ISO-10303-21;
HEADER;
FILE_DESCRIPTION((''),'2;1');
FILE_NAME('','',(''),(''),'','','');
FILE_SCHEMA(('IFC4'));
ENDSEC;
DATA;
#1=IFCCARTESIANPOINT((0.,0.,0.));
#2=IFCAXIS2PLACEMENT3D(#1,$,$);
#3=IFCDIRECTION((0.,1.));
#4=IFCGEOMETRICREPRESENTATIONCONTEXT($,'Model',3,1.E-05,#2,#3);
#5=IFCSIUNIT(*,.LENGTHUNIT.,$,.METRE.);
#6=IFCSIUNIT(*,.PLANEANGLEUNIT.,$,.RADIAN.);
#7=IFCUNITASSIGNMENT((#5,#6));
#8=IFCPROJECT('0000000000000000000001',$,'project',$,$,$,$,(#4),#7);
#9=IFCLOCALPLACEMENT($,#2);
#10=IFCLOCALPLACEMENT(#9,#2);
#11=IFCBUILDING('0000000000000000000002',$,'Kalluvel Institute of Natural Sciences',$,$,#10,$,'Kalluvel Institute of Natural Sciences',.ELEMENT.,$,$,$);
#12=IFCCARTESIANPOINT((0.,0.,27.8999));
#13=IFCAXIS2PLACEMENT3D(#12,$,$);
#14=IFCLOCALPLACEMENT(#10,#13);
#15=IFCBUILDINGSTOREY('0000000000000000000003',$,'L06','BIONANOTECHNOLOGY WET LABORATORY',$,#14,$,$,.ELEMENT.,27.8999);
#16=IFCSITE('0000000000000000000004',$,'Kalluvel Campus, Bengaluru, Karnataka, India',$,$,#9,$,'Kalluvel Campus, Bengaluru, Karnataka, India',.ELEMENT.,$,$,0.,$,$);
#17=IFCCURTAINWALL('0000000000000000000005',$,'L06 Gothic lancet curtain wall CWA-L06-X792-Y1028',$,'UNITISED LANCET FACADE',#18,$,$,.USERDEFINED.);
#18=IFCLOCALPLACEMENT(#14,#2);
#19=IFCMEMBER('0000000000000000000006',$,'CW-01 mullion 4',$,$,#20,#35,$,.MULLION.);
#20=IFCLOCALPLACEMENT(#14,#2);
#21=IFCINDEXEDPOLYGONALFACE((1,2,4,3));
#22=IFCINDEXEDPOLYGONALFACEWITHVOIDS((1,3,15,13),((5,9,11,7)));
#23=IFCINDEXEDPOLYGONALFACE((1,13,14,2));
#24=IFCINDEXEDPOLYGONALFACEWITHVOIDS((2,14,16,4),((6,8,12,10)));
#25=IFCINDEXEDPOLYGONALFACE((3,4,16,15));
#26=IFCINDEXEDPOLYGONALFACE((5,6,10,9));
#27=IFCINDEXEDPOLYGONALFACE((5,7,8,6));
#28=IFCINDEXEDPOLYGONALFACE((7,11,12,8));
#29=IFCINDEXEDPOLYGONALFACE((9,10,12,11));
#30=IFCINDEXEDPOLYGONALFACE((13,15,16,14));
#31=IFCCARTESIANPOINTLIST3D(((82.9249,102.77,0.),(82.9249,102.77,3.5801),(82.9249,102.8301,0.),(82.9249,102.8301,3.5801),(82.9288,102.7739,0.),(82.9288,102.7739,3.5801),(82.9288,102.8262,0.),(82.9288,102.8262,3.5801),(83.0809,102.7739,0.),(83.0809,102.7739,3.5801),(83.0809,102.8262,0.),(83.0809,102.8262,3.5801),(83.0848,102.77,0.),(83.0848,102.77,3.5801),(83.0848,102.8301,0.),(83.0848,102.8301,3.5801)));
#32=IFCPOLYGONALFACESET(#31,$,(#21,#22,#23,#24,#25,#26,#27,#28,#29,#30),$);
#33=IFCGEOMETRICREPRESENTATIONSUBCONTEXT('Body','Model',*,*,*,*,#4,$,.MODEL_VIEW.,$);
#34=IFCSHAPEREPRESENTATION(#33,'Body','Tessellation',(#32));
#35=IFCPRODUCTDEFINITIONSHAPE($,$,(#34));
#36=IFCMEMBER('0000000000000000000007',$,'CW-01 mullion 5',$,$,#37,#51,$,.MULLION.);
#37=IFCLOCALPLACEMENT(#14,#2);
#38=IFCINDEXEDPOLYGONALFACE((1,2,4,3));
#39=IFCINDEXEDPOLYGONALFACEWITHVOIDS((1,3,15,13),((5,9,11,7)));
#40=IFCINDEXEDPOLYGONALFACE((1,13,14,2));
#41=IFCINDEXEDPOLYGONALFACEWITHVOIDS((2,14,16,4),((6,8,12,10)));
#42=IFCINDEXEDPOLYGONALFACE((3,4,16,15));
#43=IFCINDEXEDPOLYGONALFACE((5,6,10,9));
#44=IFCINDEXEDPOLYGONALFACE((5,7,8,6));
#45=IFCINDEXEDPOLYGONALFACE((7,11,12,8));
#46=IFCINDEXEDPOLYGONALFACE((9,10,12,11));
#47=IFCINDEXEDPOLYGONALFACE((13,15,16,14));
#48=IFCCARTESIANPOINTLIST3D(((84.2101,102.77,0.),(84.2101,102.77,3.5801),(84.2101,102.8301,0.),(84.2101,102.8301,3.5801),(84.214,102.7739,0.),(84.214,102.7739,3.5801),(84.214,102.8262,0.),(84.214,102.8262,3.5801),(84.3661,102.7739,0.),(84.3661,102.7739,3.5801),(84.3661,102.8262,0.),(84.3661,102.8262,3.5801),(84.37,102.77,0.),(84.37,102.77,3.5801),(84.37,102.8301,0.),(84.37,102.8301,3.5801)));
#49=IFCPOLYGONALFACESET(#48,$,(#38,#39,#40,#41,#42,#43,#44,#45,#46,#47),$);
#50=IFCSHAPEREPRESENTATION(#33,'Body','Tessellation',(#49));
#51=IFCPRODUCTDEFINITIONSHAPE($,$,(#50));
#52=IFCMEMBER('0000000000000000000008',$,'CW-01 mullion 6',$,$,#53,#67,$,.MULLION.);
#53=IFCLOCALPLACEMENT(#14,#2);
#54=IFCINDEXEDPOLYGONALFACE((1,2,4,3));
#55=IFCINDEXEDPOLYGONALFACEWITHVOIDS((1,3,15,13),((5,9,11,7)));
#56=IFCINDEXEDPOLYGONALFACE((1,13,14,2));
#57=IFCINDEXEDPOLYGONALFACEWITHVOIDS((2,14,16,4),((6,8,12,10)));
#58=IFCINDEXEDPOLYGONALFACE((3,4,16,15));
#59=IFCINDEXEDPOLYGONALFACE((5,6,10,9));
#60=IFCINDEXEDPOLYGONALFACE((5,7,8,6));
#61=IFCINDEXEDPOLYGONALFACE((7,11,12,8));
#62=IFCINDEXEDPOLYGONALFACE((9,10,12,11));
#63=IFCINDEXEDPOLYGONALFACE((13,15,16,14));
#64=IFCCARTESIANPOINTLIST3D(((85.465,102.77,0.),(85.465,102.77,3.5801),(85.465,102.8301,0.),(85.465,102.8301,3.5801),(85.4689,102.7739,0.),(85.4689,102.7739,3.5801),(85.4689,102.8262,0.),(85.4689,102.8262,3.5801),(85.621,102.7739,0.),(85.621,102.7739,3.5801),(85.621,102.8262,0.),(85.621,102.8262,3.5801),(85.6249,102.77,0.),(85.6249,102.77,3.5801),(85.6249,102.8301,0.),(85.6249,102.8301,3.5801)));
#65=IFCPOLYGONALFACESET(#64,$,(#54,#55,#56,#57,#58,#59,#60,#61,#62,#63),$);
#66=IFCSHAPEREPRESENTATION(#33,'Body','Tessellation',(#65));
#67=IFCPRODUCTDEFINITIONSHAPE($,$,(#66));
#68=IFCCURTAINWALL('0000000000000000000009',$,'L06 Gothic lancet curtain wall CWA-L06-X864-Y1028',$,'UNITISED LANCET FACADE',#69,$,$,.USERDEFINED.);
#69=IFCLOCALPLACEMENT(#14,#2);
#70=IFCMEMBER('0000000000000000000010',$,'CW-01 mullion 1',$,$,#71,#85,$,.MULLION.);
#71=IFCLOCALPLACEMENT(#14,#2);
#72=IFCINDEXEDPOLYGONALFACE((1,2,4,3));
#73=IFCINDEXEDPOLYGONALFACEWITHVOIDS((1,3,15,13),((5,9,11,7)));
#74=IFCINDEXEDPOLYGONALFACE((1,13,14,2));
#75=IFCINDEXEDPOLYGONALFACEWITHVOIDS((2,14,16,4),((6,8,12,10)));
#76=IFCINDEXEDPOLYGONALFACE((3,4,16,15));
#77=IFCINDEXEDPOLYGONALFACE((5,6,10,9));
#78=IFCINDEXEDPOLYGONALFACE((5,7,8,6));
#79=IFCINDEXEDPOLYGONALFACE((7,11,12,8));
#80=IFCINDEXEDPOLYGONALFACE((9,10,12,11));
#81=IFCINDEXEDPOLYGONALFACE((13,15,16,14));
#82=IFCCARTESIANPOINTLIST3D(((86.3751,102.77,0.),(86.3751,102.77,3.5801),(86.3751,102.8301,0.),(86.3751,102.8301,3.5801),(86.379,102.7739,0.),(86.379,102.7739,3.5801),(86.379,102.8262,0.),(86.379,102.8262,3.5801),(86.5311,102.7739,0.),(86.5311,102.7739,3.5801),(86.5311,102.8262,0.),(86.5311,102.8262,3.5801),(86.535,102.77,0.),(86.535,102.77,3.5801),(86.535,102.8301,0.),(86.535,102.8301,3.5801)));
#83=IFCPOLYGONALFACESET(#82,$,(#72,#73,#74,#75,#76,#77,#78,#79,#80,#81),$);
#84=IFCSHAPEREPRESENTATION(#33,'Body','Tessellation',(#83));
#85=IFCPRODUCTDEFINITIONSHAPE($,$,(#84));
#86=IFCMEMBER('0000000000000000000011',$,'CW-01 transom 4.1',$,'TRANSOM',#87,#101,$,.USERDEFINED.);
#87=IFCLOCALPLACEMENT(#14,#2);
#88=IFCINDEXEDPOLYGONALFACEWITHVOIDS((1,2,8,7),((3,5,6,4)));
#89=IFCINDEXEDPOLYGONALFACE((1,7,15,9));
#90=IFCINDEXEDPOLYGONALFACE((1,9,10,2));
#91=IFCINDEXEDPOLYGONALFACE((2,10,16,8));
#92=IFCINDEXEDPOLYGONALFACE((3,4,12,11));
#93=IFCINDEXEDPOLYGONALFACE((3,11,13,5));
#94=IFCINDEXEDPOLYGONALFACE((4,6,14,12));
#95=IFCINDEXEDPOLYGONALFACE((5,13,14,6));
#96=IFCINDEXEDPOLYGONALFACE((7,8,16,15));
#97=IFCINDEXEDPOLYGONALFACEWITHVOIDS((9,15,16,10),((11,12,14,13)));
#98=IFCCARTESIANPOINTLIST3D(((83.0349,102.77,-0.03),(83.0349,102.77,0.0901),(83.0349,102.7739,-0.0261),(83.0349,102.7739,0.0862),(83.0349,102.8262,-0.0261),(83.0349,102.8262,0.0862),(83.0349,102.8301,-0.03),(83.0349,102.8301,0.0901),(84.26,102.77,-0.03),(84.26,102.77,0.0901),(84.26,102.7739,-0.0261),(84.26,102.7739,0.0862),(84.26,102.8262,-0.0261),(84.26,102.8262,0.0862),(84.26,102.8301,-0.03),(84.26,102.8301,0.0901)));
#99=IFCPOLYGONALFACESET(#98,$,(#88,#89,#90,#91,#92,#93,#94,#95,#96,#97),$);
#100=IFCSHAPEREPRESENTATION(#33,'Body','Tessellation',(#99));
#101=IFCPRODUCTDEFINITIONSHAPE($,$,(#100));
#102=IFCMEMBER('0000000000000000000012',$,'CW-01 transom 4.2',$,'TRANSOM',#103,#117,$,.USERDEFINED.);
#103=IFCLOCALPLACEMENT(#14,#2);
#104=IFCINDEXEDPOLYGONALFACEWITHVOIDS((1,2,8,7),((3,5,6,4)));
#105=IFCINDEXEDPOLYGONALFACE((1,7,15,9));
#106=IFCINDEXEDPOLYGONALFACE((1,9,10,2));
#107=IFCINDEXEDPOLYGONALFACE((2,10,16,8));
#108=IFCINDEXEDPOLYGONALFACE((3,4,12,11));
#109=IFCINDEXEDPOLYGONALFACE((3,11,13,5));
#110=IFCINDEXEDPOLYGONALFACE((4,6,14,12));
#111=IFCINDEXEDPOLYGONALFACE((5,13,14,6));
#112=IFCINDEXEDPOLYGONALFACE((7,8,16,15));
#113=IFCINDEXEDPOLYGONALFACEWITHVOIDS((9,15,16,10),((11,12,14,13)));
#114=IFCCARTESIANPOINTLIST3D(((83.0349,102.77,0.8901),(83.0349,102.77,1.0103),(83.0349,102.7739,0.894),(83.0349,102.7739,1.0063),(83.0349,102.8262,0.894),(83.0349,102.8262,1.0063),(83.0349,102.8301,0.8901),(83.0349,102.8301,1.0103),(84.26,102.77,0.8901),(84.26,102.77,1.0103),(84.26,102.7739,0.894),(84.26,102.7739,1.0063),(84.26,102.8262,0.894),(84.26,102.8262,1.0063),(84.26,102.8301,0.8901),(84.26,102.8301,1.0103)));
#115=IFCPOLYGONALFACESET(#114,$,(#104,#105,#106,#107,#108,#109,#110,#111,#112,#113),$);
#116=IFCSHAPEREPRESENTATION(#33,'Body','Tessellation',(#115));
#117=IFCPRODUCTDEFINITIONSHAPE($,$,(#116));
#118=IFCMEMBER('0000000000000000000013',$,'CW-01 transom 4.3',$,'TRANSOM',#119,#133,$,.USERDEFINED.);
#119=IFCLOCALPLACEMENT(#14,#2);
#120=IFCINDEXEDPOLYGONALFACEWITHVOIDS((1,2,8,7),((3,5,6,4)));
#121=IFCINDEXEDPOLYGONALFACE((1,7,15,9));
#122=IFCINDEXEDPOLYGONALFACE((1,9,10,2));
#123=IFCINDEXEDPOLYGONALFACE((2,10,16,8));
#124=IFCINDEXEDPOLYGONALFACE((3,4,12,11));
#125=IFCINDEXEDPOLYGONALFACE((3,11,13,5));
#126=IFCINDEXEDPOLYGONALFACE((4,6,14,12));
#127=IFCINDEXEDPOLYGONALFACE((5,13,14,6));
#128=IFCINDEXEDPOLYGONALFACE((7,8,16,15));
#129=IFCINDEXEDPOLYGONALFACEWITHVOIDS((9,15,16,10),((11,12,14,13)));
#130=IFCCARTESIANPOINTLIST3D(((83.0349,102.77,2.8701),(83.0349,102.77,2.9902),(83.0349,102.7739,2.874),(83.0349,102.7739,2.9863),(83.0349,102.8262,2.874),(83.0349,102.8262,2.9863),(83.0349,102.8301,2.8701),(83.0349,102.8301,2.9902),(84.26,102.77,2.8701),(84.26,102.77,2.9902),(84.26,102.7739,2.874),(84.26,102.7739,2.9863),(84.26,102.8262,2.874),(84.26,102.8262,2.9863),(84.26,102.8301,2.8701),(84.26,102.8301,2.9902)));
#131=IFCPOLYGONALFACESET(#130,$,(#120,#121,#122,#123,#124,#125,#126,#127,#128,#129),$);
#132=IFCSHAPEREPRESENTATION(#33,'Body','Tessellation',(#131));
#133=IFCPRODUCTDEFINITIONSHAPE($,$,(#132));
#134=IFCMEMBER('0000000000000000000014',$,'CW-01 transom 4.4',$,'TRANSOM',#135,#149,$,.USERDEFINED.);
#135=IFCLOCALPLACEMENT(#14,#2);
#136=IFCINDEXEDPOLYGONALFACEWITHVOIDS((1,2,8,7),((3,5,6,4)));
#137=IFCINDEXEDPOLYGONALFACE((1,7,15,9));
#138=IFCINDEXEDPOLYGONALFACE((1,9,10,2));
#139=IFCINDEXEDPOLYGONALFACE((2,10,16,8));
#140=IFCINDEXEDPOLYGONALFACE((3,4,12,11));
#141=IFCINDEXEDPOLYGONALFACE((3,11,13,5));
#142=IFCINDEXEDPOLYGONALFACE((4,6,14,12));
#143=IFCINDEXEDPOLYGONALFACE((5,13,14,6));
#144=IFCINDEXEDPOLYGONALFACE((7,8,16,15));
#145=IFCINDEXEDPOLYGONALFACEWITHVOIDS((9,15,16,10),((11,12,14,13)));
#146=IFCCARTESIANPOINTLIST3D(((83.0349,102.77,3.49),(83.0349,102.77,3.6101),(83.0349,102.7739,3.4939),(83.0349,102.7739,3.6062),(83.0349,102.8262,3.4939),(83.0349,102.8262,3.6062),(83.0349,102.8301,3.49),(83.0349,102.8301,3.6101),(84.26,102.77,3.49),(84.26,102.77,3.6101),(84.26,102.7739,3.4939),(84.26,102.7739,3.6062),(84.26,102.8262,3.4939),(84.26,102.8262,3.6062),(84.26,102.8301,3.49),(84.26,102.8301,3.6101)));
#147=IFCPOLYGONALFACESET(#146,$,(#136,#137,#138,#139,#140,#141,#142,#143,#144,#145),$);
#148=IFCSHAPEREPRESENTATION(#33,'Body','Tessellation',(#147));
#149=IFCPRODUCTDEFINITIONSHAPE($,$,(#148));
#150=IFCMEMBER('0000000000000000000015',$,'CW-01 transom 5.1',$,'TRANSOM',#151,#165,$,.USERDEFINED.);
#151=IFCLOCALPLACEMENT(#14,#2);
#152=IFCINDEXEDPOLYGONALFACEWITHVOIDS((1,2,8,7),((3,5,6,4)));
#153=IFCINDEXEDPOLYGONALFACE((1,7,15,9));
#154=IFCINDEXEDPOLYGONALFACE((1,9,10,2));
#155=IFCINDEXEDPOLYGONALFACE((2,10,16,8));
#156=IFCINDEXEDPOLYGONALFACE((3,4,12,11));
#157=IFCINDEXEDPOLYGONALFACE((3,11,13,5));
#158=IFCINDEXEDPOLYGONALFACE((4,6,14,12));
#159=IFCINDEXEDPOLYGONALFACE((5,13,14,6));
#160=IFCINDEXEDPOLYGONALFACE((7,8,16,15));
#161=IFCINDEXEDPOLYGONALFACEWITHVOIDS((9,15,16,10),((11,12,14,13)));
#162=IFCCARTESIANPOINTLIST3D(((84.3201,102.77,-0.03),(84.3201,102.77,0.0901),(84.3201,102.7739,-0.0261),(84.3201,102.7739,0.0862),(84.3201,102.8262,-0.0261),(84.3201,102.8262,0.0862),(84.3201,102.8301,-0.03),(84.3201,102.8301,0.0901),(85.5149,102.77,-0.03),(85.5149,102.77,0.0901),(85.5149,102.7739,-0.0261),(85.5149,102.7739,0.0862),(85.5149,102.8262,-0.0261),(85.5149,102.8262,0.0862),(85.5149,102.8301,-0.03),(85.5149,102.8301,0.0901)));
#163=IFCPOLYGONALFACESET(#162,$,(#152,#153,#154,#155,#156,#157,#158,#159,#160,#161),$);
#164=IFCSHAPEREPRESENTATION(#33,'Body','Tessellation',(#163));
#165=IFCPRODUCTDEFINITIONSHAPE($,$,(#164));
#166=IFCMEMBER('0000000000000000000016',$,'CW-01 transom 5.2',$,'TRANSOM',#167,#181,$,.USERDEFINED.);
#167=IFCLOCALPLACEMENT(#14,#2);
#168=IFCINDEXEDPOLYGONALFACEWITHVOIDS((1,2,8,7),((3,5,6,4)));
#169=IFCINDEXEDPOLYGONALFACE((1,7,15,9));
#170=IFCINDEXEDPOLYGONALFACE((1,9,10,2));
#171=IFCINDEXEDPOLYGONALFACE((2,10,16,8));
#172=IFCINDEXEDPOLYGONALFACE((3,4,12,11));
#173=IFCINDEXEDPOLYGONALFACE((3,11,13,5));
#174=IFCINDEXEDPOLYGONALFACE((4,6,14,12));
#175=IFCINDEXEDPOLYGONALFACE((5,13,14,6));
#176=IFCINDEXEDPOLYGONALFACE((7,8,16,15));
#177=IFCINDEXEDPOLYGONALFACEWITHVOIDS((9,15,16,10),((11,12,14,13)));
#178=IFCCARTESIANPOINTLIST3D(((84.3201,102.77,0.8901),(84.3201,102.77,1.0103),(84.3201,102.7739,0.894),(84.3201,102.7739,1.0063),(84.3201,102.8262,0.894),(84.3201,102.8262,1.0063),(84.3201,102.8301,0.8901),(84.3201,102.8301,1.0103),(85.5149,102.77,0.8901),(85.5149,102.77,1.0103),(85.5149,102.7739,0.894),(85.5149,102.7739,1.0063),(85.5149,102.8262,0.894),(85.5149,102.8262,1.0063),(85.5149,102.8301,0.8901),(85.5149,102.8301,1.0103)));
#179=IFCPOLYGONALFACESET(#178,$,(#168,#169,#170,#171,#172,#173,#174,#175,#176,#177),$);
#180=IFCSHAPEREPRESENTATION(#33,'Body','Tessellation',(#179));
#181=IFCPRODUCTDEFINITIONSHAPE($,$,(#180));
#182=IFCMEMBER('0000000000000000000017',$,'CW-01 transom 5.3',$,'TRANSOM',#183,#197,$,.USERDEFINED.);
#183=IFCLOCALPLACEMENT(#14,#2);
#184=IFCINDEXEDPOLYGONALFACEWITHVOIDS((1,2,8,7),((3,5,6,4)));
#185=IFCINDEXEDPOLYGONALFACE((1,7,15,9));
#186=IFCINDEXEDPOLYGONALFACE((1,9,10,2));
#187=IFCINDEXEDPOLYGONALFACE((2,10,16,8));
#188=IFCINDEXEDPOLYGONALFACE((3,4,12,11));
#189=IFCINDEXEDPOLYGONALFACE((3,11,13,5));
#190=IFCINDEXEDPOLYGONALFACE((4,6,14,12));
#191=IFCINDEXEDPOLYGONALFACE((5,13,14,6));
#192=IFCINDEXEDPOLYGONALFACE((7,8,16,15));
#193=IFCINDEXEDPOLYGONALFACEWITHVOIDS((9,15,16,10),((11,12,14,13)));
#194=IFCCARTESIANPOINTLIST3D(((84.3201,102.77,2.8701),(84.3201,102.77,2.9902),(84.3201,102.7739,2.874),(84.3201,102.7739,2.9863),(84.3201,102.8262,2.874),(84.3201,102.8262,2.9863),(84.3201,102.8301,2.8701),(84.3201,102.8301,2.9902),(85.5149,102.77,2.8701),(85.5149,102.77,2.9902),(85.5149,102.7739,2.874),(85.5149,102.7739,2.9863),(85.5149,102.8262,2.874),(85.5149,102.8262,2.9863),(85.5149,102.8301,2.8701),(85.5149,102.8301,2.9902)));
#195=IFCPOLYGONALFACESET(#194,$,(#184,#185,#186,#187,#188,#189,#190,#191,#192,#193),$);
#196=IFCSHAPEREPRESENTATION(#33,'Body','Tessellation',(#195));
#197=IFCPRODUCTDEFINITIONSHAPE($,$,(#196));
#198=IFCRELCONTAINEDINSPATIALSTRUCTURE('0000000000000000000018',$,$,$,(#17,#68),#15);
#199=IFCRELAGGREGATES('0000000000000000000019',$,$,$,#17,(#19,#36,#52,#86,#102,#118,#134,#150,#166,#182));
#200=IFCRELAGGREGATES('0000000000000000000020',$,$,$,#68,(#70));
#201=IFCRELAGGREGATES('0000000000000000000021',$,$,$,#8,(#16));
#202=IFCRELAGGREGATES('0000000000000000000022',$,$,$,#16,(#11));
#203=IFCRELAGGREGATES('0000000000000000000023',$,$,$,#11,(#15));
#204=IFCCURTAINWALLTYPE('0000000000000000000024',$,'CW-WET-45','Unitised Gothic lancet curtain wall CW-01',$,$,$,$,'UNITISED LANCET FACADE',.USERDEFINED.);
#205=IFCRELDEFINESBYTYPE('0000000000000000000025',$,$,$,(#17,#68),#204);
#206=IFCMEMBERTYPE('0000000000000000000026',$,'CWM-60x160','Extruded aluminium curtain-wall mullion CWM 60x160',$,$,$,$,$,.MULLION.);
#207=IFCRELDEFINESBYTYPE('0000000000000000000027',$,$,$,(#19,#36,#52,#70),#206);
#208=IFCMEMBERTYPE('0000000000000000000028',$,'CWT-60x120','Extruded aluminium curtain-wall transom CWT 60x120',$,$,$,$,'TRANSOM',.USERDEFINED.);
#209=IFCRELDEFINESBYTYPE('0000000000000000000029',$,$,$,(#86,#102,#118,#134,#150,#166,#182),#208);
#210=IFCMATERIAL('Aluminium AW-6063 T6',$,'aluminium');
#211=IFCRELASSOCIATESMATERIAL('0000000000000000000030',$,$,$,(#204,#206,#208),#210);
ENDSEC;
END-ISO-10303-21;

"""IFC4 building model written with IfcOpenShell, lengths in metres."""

from ifc_helpers import new_model, si_unit, direction, frame, origin, origin_2d, place, context, subcontext, project, spatial, hollow_rectangle, extrude, material, material_profile, profile_set, type_object, element, aggregate, save


model = new_model("IFC4")

# Units and contexts
model_context = context("Model", 3, precision=1e-05, world=origin(), true_north=direction((0.0, 1.0)))
body_context = subcontext(model_context, "Body", "Model", "MODEL_VIEW")
ifc_project = project(units=[si_unit("LENGTHUNIT", "METRE"), si_unit("PLANEANGLEUNIT", "RADIAN")], contexts=[model_context])

# Site, building, storey
site_placement = place(None, origin())
site = spatial("IfcSite", under=ifc_project, at=site_placement, Name="Kalluvel Campus, Bengaluru, Karnataka, India", LongName="Kalluvel Campus, Bengaluru, Karnataka, India", CompositionType="ELEMENT", RefElevation=0.0)
building_placement = place(site_placement, origin())
building = spatial("IfcBuilding", under=site, at=building_placement, Name="Kalluvel Institute of Natural Sciences", LongName="Kalluvel Institute of Natural Sciences", CompositionType="ELEMENT")
storey_placement = place(building_placement, frame((0.0, 0.0, 27.8999)))
storey = spatial("IfcBuildingStorey", under=building, at=storey_placement, Name="L06", Description="BIONANOTECHNOLOGY WET LABORATORY", CompositionType="ELEMENT", Elevation=27.8999)

# Curtain wall, members
ifc_material_1 = material(Name="Aluminium AW-6063 T6", Category="aluminium")
curtain_wall_type = type_object("IfcCurtainWallType", Name="CW-WET-45", Description="Unitised Gothic lancet curtain wall CW-01", ElementType="UNITISED LANCET FACADE", PredefinedType="USERDEFINED", material=ifc_material_1)
curtain_wall_1_placement = place(storey_placement, origin())
curtain_wall_1 = element("IfcCurtainWall", 1, at=curtain_wall_1_placement, inside=storey, type_object=curtain_wall_type, Name="L06 Gothic lancet curtain wall CWA-L06-X792-Y1028", ObjectType="UNITISED LANCET FACADE", PredefinedType="USERDEFINED")
ifc_material_profile_1 = material_profile(ifc_material_1, hollow_rectangle(XDim=0.0601, YDim=0.1599, WallThickness=0.0039, at=origin_2d()), Name="CWM 60x160")
ifc_profile_set_1 = profile_set([ifc_material_profile_1], Name="Aluminium AW-6063 T6")
member_type_1 = type_object("IfcMemberType", Name="CWM-60x160", Description="Extruded aluminium curtain-wall mullion CWM 60x160", PredefinedType="MULLION", material=ifc_profile_set_1)
member_1_placement = place(storey_placement, frame((83.0049, 102.8, 0.0), z_axis=(0.0, 0.0, 1.0), x_axis=(0.0, 1.0, 0.0)))
member_1 = element("IfcMember", 2, at=member_1_placement, type_object=member_type_1, Name="CW-01 mullion 4", PredefinedType="MULLION", context=body_context, shape_type="SweptSolid", body=[
    extrude(hollow_rectangle(XDim=0.0601, YDim=0.1599, WallThickness=0.0039, at=origin_2d()), origin(), (0.0, 0.0, 1.0), 3.5801),
])
member_2_placement = place(storey_placement, frame((84.29, 102.8, 0.0), z_axis=(0.0, 0.0, 1.0), x_axis=(0.0, 1.0, 0.0)))
member_2 = element("IfcMember", 3, at=member_2_placement, type_object=member_type_1, Name="CW-01 mullion 5", PredefinedType="MULLION", context=body_context, shape_type="SweptSolid", body=[
    extrude(hollow_rectangle(XDim=0.0601, YDim=0.1599, WallThickness=0.0039, at=origin_2d()), origin(), (0.0, 0.0, 1.0), 3.5801),
])
member_3_placement = place(storey_placement, frame((85.5449, 102.8, 0.0), z_axis=(0.0, 0.0, 1.0), x_axis=(0.0, 1.0, 0.0)))
member_3 = element("IfcMember", 4, at=member_3_placement, type_object=member_type_1, Name="CW-01 mullion 6", PredefinedType="MULLION", context=body_context, shape_type="SweptSolid", body=[
    extrude(hollow_rectangle(XDim=0.0601, YDim=0.1599, WallThickness=0.0039, at=origin_2d()), origin(), (0.0, 0.0, 1.0), 3.5801),
])

# Curtain wall, member
curtain_wall_2_placement = place(storey_placement, origin())
curtain_wall_2 = element("IfcCurtainWall", 5, at=curtain_wall_2_placement, inside=storey, type_object=curtain_wall_type, Name="L06 Gothic lancet curtain wall CWA-L06-X864-Y1028", ObjectType="UNITISED LANCET FACADE", PredefinedType="USERDEFINED")
member_4_placement = place(storey_placement, frame((86.4551, 102.8, 0.0), z_axis=(0.0, 0.0, 1.0), x_axis=(0.0, 1.0, 0.0)))
member_4 = element("IfcMember", 6, at=member_4_placement, type_object=member_type_1, Name="CW-01 mullion 1", PredefinedType="MULLION", context=body_context, shape_type="SweptSolid", body=[
    extrude(hollow_rectangle(XDim=0.0601, YDim=0.1599, WallThickness=0.0039, at=origin_2d()), origin(), (0.0, 0.0, 1.0), 3.5801),
])

# Members
ifc_material_profile_2 = material_profile(ifc_material_1, hollow_rectangle(XDim=0.0601, YDim=0.1201, WallThickness=0.0039, at=origin_2d()), Name="CWT 60x120")
ifc_profile_set_2 = profile_set([ifc_material_profile_2], Name="Aluminium AW-6063 T6")
member_type_2 = type_object("IfcMemberType", Name="CWT-60x120", Description="Extruded aluminium curtain-wall transom CWT 60x120", ElementType="TRANSOM", PredefinedType="USERDEFINED", material=ifc_profile_set_2)
member_5_placement = place(storey_placement, frame((83.0349, 102.8, 0.03), z_axis=(1.0, 0.0, 0.0), x_axis=(0.0, 1.0, 0.0)))
member_5 = element("IfcMember", 7, at=member_5_placement, type_object=member_type_2, Name="CW-01 transom 4.1", ObjectType="TRANSOM", PredefinedType="USERDEFINED", context=body_context, shape_type="SweptSolid", body=[
    extrude(hollow_rectangle(XDim=0.0601, YDim=0.1201, WallThickness=0.0039, at=origin_2d()), origin(), (0.0, 0.0, 1.0), 1.2251),
])
member_6_placement = place(storey_placement, frame((83.0349, 102.8, 0.9502), z_axis=(1.0, 0.0, 0.0), x_axis=(0.0, 1.0, 0.0)))
member_6 = element("IfcMember", 8, at=member_6_placement, type_object=member_type_2, Name="CW-01 transom 4.2", ObjectType="TRANSOM", PredefinedType="USERDEFINED", context=body_context, shape_type="SweptSolid", body=[
    extrude(hollow_rectangle(XDim=0.0601, YDim=0.1201, WallThickness=0.0039, at=origin_2d()), origin(), (0.0, 0.0, 1.0), 1.2251),
])
member_7_placement = place(storey_placement, frame((83.0349, 102.8, 2.9302), z_axis=(1.0, 0.0, 0.0), x_axis=(0.0, 1.0, 0.0)))
member_7 = element("IfcMember", 9, at=member_7_placement, type_object=member_type_2, Name="CW-01 transom 4.3", ObjectType="TRANSOM", PredefinedType="USERDEFINED", context=body_context, shape_type="SweptSolid", body=[
    extrude(hollow_rectangle(XDim=0.0601, YDim=0.1201, WallThickness=0.0039, at=origin_2d()), origin(), (0.0, 0.0, 1.0), 1.2251),
])
member_8_placement = place(storey_placement, frame((83.0349, 102.8, 3.55), z_axis=(1.0, 0.0, 0.0), x_axis=(0.0, 1.0, 0.0)))
member_8 = element("IfcMember", 10, at=member_8_placement, type_object=member_type_2, Name="CW-01 transom 4.4", ObjectType="TRANSOM", PredefinedType="USERDEFINED", context=body_context, shape_type="SweptSolid", body=[
    extrude(hollow_rectangle(XDim=0.0601, YDim=0.1201, WallThickness=0.0039, at=origin_2d()), origin(), (0.0, 0.0, 1.0), 1.2251),
])
member_9_placement = place(storey_placement, frame((84.3201, 102.8, 0.03), z_axis=(1.0, 0.0, 0.0), x_axis=(0.0, 1.0, 0.0)))
member_9 = element("IfcMember", 11, at=member_9_placement, type_object=member_type_2, Name="CW-01 transom 5.1", ObjectType="TRANSOM", PredefinedType="USERDEFINED", context=body_context, shape_type="SweptSolid", body=[
    extrude(hollow_rectangle(XDim=0.0601, YDim=0.1201, WallThickness=0.0039, at=origin_2d()), origin(), (0.0, 0.0, 1.0), 1.1948),
])
member_10_placement = place(storey_placement, frame((84.3201, 102.8, 0.9502), z_axis=(1.0, 0.0, 0.0), x_axis=(0.0, 1.0, 0.0)))
member_10 = element("IfcMember", 12, at=member_10_placement, type_object=member_type_2, Name="CW-01 transom 5.2", ObjectType="TRANSOM", PredefinedType="USERDEFINED", context=body_context, shape_type="SweptSolid", body=[
    extrude(hollow_rectangle(XDim=0.0601, YDim=0.1201, WallThickness=0.0039, at=origin_2d()), origin(), (0.0, 0.0, 1.0), 1.1948),
])
member_11_placement = place(storey_placement, frame((84.3201, 102.8, 2.9302), z_axis=(1.0, 0.0, 0.0), x_axis=(0.0, 1.0, 0.0)))
member_11 = element("IfcMember", 13, at=member_11_placement, type_object=member_type_2, Name="CW-01 transom 5.3", ObjectType="TRANSOM", PredefinedType="USERDEFINED", context=body_context, shape_type="SweptSolid", body=[
    extrude(hollow_rectangle(XDim=0.0601, YDim=0.1201, WallThickness=0.0039, at=origin_2d()), origin(), (0.0, 0.0, 1.0), 1.1948),
])

aggregate(curtain_wall_1, [member_1, member_2, member_3, member_5, member_6, member_7, member_8, member_9, member_10, member_11])
aggregate(curtain_wall_2, [member_4])

save(model, "model.ifc")
